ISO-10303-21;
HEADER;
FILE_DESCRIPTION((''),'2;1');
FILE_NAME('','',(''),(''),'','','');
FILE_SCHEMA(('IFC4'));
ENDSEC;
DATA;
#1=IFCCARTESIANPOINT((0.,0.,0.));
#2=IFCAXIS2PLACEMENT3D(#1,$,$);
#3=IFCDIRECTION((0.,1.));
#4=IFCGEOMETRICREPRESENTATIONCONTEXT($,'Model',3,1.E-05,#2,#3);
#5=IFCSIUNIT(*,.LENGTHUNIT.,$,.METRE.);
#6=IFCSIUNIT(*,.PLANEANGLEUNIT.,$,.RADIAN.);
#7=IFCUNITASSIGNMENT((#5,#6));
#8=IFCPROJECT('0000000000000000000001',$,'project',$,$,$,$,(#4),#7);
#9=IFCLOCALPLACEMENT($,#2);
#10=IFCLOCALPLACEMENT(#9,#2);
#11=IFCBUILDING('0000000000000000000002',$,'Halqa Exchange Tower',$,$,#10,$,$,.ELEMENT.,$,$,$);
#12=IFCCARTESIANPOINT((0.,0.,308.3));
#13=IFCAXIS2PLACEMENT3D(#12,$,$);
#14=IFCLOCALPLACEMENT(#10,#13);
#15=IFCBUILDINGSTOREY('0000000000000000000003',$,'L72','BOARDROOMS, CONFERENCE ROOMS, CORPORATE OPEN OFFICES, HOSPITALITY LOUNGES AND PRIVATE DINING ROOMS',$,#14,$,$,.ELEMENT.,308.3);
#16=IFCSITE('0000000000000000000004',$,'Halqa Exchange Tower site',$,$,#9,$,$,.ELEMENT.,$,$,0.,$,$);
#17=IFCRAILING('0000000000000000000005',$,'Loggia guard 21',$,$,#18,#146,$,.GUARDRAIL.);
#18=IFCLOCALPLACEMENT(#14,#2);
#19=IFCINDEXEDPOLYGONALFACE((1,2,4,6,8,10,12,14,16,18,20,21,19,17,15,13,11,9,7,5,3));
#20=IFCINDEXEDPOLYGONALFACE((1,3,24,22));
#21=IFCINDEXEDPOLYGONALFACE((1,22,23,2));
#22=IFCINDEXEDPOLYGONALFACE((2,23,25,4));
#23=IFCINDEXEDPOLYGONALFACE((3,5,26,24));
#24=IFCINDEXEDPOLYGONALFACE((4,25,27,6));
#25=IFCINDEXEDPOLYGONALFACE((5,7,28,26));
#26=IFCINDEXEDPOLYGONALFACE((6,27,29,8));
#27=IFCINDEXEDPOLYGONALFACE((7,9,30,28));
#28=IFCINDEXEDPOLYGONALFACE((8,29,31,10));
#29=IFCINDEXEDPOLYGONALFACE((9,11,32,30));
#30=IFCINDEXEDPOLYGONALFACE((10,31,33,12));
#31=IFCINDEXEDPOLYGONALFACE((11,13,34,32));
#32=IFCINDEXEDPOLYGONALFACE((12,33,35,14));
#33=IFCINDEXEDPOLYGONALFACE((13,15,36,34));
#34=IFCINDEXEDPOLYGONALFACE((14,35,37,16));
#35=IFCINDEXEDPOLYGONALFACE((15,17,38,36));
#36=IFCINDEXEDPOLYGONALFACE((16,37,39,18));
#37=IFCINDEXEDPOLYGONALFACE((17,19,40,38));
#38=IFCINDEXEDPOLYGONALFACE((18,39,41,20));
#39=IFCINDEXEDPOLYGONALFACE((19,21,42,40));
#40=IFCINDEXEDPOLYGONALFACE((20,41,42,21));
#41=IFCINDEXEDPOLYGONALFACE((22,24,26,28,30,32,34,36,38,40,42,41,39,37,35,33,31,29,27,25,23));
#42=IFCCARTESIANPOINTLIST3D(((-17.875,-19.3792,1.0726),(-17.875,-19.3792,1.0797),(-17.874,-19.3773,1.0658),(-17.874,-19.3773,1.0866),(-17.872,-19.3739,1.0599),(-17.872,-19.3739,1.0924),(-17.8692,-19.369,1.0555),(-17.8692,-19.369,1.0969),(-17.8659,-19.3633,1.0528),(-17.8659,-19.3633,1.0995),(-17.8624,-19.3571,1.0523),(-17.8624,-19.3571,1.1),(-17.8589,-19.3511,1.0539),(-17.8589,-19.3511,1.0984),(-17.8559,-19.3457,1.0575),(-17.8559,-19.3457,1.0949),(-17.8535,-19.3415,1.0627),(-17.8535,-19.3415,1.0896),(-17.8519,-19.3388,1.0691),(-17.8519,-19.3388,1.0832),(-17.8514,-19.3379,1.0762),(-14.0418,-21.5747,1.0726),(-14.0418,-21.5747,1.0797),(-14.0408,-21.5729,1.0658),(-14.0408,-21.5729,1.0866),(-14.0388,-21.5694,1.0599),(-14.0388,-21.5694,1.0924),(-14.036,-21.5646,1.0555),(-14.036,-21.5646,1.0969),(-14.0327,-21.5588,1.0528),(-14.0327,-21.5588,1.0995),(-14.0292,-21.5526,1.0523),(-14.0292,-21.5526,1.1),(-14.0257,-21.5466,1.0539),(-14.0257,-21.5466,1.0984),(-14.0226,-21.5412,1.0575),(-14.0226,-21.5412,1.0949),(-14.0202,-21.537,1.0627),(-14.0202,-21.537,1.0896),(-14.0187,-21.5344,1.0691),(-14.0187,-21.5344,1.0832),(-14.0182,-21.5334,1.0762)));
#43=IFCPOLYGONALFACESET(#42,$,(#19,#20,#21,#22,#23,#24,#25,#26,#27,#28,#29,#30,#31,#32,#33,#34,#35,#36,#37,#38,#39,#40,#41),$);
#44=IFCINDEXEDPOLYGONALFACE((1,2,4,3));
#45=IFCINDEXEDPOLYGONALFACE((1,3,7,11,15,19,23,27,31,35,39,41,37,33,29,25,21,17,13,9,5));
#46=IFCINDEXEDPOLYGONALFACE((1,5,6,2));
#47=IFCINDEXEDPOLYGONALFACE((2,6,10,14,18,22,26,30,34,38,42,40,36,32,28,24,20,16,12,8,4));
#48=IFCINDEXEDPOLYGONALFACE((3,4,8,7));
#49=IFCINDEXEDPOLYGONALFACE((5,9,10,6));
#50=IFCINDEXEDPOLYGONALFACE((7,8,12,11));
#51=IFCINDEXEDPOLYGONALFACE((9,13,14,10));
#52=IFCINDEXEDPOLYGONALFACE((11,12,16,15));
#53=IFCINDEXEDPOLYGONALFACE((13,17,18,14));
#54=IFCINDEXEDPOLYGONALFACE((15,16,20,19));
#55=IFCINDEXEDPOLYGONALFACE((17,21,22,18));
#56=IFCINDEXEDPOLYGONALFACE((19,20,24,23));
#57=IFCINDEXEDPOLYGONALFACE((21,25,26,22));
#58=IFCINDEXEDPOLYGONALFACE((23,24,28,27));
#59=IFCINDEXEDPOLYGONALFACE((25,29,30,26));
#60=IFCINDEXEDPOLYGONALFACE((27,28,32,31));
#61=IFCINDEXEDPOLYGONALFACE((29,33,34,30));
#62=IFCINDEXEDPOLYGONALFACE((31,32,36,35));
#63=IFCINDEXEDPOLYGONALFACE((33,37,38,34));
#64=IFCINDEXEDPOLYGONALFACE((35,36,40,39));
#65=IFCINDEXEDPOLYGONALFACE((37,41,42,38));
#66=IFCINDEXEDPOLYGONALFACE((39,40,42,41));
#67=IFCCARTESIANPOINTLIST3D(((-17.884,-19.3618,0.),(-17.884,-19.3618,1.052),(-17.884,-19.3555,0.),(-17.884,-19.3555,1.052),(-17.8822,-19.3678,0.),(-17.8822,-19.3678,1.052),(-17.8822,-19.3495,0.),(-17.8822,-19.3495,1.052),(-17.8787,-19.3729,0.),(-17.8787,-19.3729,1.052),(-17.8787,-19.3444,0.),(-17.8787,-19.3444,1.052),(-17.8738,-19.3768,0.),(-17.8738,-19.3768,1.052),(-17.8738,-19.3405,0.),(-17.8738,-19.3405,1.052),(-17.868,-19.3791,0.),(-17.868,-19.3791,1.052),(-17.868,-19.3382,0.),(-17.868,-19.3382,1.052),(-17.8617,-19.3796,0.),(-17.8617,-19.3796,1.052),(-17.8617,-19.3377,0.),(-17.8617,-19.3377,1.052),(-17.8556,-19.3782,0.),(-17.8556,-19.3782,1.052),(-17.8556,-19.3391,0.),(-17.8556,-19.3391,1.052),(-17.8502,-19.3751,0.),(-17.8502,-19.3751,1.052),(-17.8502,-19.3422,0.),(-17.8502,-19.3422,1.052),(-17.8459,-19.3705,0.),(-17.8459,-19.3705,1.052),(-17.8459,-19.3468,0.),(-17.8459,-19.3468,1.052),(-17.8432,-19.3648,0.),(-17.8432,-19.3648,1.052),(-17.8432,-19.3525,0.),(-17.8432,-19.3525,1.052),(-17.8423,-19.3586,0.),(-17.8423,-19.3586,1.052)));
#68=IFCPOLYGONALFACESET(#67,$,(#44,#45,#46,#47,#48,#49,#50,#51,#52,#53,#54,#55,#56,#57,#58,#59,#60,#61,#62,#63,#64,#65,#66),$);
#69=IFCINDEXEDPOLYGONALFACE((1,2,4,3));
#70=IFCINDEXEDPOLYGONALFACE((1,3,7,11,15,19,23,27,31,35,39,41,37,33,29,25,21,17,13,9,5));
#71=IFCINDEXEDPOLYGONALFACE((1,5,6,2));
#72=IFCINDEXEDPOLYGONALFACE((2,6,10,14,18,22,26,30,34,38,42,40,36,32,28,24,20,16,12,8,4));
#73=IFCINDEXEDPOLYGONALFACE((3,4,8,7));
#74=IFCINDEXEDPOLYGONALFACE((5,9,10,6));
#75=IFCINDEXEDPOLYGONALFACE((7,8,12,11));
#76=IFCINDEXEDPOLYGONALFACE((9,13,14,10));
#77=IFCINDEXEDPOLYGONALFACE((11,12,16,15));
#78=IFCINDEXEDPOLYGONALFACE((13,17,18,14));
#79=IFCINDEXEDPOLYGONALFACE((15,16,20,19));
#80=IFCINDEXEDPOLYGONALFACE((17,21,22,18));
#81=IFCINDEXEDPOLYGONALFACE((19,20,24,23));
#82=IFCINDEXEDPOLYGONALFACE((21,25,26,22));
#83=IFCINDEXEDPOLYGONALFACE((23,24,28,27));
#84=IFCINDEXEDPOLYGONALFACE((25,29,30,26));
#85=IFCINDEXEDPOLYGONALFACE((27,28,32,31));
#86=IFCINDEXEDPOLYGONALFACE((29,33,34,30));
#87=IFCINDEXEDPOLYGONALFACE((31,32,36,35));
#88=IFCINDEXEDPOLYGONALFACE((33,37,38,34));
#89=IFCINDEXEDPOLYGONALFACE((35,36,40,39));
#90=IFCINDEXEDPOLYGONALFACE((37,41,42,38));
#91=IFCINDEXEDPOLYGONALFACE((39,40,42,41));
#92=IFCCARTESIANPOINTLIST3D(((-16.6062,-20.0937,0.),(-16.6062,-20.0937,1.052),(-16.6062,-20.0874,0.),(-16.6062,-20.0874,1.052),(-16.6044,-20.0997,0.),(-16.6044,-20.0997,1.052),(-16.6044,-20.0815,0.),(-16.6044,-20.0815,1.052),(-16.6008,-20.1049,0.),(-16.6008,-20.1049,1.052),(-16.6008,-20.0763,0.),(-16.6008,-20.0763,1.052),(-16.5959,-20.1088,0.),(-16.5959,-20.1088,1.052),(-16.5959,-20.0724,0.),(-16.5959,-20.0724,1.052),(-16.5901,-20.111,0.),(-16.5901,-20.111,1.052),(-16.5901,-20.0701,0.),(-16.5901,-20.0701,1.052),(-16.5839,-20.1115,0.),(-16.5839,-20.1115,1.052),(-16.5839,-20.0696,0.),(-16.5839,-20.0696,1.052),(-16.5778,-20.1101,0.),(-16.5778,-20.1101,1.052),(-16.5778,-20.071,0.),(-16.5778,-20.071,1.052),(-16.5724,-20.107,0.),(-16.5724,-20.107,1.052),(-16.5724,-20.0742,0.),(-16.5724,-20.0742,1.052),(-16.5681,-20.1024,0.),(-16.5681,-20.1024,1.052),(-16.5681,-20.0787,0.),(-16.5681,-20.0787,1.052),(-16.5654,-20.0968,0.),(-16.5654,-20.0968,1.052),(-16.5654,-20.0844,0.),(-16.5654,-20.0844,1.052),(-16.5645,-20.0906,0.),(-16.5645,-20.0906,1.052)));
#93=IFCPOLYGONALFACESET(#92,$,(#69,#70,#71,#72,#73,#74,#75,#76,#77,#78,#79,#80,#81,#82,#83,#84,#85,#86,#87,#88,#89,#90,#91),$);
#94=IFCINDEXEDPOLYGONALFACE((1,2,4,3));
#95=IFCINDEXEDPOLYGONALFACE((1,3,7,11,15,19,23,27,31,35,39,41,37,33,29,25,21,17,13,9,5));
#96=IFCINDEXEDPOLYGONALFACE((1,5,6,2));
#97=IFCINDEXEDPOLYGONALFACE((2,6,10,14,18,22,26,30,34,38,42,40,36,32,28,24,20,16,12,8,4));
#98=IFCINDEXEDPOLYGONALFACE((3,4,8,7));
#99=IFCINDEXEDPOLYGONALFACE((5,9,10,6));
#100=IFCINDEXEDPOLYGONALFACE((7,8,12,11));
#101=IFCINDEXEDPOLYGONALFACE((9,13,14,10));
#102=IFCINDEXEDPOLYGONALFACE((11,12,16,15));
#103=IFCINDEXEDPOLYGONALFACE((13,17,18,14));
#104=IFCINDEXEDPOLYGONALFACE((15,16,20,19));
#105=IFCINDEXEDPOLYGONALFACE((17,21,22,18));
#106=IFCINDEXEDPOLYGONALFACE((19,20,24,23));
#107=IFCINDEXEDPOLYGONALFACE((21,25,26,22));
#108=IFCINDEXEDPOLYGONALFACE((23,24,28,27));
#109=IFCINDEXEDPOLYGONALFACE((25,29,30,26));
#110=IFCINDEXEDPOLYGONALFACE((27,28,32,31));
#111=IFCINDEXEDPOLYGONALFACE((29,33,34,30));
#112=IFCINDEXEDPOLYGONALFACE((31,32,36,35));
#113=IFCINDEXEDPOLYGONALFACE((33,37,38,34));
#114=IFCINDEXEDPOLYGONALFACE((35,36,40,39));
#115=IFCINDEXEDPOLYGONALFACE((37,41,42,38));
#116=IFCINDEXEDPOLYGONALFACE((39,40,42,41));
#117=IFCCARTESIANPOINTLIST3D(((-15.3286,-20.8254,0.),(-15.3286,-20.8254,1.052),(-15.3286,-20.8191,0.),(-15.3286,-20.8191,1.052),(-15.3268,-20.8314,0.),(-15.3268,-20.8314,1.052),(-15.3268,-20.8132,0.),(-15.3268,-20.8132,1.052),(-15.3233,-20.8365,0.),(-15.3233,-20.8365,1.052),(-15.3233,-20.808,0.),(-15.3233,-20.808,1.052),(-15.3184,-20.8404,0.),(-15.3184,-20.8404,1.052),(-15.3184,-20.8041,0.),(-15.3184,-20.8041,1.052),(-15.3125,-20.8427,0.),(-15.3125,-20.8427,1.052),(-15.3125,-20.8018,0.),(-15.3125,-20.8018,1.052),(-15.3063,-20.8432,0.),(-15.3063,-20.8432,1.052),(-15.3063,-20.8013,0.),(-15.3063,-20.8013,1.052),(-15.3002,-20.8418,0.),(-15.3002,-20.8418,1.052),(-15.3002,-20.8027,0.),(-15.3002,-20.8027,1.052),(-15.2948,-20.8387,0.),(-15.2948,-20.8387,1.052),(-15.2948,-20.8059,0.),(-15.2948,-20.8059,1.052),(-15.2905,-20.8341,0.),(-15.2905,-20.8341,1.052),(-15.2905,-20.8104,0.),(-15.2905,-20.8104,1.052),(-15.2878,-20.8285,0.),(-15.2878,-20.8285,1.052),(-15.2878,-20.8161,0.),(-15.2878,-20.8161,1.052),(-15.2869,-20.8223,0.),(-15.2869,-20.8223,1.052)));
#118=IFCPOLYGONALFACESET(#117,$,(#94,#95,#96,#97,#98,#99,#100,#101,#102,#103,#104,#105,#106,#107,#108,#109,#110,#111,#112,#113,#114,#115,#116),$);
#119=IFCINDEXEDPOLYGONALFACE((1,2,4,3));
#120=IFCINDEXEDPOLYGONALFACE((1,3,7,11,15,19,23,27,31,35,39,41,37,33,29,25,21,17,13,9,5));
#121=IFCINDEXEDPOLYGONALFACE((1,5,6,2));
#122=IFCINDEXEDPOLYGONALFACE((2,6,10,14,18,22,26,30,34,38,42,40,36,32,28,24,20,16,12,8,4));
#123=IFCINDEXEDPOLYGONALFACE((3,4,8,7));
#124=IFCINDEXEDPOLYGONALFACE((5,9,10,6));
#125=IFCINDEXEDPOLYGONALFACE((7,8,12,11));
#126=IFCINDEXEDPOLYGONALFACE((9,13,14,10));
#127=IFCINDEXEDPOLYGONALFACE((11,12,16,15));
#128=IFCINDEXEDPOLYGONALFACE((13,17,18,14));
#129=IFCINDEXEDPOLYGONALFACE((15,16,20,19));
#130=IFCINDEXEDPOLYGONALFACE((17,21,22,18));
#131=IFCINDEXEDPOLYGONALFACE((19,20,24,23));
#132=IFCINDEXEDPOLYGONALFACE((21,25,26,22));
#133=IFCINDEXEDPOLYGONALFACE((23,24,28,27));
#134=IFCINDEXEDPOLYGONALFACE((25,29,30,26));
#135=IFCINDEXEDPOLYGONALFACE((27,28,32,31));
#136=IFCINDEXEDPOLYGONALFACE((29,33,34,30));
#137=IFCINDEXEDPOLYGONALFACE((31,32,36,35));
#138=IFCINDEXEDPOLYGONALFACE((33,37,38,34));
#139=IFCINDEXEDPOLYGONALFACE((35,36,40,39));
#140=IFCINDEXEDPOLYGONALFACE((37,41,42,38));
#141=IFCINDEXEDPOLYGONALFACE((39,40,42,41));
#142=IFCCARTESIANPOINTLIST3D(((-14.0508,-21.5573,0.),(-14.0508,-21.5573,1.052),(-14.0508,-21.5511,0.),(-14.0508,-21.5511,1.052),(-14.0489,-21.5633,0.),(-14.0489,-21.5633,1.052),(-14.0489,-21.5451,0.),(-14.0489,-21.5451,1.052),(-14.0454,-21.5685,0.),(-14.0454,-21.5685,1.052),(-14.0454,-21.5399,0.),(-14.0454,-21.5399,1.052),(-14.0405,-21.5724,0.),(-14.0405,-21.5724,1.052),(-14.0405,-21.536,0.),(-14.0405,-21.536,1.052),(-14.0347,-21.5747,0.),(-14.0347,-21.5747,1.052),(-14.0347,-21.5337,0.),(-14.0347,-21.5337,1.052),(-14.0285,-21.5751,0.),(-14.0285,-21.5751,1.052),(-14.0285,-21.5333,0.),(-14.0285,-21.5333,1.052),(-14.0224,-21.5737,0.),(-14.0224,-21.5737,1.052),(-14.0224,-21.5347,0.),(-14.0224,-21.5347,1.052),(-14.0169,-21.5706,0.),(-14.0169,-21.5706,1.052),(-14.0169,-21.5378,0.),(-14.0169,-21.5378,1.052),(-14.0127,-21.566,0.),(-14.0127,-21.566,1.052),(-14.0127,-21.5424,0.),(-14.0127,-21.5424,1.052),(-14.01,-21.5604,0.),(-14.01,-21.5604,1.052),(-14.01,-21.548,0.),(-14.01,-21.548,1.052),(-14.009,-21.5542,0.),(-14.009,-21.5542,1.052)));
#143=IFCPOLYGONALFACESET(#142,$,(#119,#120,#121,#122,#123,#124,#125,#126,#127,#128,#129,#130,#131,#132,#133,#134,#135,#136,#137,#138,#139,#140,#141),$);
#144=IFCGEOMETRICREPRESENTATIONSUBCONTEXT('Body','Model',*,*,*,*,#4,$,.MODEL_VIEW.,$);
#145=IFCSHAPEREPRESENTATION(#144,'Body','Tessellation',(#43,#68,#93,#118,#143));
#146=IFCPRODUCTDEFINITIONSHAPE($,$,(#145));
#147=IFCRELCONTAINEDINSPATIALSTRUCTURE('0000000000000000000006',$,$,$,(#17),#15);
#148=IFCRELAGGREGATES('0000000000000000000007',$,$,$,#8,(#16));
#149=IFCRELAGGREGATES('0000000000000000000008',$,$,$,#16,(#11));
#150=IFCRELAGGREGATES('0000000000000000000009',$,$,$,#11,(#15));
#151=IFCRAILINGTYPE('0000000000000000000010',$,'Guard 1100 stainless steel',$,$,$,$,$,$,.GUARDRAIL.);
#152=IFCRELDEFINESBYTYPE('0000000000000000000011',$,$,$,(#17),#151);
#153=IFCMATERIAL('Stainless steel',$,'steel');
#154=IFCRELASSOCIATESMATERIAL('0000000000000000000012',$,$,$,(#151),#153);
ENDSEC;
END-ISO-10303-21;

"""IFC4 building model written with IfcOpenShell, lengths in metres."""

from ifc_helpers import new_model, si_unit, direction, frame, origin, origin_2d, place, context, subcontext, project, spatial, circle, extrude, material, type_object, element, save


model = new_model("IFC4")

# Units and contexts
model_context = context("Model", 3, precision=1e-05, world=origin(), true_north=direction((0.0, 1.0)))
body_context = subcontext(model_context, "Body", "Model", "MODEL_VIEW")
ifc_project = project(units=[si_unit("LENGTHUNIT", "METRE"), si_unit("PLANEANGLEUNIT", "RADIAN")], contexts=[model_context])

# Site, building, storey
site_placement = place(None, origin())
site = spatial("IfcSite", under=ifc_project, at=site_placement, Name="Halqa Exchange Tower site", CompositionType="ELEMENT", RefElevation=0.0)
building_placement = place(site_placement, origin())
building = spatial("IfcBuilding", under=site, at=building_placement, Name="Halqa Exchange Tower", CompositionType="ELEMENT")
storey_placement = place(building_placement, frame((0.0, 0.0, 308.3)))
storey = spatial("IfcBuildingStorey", under=building, at=storey_placement, Name="L72", Description="BOARDROOMS, CONFERENCE ROOMS, CORPORATE OPEN OFFICES, HOSPITALITY LOUNGES AND PRIVATE DINING ROOMS", CompositionType="ELEMENT", Elevation=308.3)

# Railing
ifc_material_1 = material(Name="Stainless steel", Category="steel")
railing_type = type_object("IfcRailingType", Name="Guard 1100 stainless steel", PredefinedType="GUARDRAIL", material=ifc_material_1)
railing_1_placement = place(storey_placement, frame((-17.8633, -19.3586, 0.0)))
element("IfcRailing", 1, at=railing_1_placement, inside=storey, type_object=railing_type, Name="Loggia guard 21", PredefinedType="GUARDRAIL", context=body_context, shape_type="SweptSolid", body=[
    extrude(circle(Radius=0.0239, at=origin_2d()), frame((0.0, 0.0, 1.0762), z_axis=(0.867743, -0.497014, 0.0), x_axis=(0.497014, 0.867743, 0.0)), (0.0, 0.0, 1.0), 4.4175),
    extrude(circle(Radius=0.021, at=origin_2d()), origin(), (0.0, 0.0, 1.0), 1.052),
    extrude(circle(Radius=0.021, at=origin_2d()), frame((1.2778, -0.7319, 0.0)), (0.0, 0.0, 1.0), 1.052),
    extrude(circle(Radius=0.021, at=origin_2d()), frame((2.5554, -1.4636, 0.0)), (0.0, 0.0, 1.0), 1.052),
    extrude(circle(Radius=0.021, at=origin_2d()), frame((3.8333, -2.1956, 0.0)), (0.0, 0.0, 1.0), 1.052),
])

save(model, "model.ifc")
